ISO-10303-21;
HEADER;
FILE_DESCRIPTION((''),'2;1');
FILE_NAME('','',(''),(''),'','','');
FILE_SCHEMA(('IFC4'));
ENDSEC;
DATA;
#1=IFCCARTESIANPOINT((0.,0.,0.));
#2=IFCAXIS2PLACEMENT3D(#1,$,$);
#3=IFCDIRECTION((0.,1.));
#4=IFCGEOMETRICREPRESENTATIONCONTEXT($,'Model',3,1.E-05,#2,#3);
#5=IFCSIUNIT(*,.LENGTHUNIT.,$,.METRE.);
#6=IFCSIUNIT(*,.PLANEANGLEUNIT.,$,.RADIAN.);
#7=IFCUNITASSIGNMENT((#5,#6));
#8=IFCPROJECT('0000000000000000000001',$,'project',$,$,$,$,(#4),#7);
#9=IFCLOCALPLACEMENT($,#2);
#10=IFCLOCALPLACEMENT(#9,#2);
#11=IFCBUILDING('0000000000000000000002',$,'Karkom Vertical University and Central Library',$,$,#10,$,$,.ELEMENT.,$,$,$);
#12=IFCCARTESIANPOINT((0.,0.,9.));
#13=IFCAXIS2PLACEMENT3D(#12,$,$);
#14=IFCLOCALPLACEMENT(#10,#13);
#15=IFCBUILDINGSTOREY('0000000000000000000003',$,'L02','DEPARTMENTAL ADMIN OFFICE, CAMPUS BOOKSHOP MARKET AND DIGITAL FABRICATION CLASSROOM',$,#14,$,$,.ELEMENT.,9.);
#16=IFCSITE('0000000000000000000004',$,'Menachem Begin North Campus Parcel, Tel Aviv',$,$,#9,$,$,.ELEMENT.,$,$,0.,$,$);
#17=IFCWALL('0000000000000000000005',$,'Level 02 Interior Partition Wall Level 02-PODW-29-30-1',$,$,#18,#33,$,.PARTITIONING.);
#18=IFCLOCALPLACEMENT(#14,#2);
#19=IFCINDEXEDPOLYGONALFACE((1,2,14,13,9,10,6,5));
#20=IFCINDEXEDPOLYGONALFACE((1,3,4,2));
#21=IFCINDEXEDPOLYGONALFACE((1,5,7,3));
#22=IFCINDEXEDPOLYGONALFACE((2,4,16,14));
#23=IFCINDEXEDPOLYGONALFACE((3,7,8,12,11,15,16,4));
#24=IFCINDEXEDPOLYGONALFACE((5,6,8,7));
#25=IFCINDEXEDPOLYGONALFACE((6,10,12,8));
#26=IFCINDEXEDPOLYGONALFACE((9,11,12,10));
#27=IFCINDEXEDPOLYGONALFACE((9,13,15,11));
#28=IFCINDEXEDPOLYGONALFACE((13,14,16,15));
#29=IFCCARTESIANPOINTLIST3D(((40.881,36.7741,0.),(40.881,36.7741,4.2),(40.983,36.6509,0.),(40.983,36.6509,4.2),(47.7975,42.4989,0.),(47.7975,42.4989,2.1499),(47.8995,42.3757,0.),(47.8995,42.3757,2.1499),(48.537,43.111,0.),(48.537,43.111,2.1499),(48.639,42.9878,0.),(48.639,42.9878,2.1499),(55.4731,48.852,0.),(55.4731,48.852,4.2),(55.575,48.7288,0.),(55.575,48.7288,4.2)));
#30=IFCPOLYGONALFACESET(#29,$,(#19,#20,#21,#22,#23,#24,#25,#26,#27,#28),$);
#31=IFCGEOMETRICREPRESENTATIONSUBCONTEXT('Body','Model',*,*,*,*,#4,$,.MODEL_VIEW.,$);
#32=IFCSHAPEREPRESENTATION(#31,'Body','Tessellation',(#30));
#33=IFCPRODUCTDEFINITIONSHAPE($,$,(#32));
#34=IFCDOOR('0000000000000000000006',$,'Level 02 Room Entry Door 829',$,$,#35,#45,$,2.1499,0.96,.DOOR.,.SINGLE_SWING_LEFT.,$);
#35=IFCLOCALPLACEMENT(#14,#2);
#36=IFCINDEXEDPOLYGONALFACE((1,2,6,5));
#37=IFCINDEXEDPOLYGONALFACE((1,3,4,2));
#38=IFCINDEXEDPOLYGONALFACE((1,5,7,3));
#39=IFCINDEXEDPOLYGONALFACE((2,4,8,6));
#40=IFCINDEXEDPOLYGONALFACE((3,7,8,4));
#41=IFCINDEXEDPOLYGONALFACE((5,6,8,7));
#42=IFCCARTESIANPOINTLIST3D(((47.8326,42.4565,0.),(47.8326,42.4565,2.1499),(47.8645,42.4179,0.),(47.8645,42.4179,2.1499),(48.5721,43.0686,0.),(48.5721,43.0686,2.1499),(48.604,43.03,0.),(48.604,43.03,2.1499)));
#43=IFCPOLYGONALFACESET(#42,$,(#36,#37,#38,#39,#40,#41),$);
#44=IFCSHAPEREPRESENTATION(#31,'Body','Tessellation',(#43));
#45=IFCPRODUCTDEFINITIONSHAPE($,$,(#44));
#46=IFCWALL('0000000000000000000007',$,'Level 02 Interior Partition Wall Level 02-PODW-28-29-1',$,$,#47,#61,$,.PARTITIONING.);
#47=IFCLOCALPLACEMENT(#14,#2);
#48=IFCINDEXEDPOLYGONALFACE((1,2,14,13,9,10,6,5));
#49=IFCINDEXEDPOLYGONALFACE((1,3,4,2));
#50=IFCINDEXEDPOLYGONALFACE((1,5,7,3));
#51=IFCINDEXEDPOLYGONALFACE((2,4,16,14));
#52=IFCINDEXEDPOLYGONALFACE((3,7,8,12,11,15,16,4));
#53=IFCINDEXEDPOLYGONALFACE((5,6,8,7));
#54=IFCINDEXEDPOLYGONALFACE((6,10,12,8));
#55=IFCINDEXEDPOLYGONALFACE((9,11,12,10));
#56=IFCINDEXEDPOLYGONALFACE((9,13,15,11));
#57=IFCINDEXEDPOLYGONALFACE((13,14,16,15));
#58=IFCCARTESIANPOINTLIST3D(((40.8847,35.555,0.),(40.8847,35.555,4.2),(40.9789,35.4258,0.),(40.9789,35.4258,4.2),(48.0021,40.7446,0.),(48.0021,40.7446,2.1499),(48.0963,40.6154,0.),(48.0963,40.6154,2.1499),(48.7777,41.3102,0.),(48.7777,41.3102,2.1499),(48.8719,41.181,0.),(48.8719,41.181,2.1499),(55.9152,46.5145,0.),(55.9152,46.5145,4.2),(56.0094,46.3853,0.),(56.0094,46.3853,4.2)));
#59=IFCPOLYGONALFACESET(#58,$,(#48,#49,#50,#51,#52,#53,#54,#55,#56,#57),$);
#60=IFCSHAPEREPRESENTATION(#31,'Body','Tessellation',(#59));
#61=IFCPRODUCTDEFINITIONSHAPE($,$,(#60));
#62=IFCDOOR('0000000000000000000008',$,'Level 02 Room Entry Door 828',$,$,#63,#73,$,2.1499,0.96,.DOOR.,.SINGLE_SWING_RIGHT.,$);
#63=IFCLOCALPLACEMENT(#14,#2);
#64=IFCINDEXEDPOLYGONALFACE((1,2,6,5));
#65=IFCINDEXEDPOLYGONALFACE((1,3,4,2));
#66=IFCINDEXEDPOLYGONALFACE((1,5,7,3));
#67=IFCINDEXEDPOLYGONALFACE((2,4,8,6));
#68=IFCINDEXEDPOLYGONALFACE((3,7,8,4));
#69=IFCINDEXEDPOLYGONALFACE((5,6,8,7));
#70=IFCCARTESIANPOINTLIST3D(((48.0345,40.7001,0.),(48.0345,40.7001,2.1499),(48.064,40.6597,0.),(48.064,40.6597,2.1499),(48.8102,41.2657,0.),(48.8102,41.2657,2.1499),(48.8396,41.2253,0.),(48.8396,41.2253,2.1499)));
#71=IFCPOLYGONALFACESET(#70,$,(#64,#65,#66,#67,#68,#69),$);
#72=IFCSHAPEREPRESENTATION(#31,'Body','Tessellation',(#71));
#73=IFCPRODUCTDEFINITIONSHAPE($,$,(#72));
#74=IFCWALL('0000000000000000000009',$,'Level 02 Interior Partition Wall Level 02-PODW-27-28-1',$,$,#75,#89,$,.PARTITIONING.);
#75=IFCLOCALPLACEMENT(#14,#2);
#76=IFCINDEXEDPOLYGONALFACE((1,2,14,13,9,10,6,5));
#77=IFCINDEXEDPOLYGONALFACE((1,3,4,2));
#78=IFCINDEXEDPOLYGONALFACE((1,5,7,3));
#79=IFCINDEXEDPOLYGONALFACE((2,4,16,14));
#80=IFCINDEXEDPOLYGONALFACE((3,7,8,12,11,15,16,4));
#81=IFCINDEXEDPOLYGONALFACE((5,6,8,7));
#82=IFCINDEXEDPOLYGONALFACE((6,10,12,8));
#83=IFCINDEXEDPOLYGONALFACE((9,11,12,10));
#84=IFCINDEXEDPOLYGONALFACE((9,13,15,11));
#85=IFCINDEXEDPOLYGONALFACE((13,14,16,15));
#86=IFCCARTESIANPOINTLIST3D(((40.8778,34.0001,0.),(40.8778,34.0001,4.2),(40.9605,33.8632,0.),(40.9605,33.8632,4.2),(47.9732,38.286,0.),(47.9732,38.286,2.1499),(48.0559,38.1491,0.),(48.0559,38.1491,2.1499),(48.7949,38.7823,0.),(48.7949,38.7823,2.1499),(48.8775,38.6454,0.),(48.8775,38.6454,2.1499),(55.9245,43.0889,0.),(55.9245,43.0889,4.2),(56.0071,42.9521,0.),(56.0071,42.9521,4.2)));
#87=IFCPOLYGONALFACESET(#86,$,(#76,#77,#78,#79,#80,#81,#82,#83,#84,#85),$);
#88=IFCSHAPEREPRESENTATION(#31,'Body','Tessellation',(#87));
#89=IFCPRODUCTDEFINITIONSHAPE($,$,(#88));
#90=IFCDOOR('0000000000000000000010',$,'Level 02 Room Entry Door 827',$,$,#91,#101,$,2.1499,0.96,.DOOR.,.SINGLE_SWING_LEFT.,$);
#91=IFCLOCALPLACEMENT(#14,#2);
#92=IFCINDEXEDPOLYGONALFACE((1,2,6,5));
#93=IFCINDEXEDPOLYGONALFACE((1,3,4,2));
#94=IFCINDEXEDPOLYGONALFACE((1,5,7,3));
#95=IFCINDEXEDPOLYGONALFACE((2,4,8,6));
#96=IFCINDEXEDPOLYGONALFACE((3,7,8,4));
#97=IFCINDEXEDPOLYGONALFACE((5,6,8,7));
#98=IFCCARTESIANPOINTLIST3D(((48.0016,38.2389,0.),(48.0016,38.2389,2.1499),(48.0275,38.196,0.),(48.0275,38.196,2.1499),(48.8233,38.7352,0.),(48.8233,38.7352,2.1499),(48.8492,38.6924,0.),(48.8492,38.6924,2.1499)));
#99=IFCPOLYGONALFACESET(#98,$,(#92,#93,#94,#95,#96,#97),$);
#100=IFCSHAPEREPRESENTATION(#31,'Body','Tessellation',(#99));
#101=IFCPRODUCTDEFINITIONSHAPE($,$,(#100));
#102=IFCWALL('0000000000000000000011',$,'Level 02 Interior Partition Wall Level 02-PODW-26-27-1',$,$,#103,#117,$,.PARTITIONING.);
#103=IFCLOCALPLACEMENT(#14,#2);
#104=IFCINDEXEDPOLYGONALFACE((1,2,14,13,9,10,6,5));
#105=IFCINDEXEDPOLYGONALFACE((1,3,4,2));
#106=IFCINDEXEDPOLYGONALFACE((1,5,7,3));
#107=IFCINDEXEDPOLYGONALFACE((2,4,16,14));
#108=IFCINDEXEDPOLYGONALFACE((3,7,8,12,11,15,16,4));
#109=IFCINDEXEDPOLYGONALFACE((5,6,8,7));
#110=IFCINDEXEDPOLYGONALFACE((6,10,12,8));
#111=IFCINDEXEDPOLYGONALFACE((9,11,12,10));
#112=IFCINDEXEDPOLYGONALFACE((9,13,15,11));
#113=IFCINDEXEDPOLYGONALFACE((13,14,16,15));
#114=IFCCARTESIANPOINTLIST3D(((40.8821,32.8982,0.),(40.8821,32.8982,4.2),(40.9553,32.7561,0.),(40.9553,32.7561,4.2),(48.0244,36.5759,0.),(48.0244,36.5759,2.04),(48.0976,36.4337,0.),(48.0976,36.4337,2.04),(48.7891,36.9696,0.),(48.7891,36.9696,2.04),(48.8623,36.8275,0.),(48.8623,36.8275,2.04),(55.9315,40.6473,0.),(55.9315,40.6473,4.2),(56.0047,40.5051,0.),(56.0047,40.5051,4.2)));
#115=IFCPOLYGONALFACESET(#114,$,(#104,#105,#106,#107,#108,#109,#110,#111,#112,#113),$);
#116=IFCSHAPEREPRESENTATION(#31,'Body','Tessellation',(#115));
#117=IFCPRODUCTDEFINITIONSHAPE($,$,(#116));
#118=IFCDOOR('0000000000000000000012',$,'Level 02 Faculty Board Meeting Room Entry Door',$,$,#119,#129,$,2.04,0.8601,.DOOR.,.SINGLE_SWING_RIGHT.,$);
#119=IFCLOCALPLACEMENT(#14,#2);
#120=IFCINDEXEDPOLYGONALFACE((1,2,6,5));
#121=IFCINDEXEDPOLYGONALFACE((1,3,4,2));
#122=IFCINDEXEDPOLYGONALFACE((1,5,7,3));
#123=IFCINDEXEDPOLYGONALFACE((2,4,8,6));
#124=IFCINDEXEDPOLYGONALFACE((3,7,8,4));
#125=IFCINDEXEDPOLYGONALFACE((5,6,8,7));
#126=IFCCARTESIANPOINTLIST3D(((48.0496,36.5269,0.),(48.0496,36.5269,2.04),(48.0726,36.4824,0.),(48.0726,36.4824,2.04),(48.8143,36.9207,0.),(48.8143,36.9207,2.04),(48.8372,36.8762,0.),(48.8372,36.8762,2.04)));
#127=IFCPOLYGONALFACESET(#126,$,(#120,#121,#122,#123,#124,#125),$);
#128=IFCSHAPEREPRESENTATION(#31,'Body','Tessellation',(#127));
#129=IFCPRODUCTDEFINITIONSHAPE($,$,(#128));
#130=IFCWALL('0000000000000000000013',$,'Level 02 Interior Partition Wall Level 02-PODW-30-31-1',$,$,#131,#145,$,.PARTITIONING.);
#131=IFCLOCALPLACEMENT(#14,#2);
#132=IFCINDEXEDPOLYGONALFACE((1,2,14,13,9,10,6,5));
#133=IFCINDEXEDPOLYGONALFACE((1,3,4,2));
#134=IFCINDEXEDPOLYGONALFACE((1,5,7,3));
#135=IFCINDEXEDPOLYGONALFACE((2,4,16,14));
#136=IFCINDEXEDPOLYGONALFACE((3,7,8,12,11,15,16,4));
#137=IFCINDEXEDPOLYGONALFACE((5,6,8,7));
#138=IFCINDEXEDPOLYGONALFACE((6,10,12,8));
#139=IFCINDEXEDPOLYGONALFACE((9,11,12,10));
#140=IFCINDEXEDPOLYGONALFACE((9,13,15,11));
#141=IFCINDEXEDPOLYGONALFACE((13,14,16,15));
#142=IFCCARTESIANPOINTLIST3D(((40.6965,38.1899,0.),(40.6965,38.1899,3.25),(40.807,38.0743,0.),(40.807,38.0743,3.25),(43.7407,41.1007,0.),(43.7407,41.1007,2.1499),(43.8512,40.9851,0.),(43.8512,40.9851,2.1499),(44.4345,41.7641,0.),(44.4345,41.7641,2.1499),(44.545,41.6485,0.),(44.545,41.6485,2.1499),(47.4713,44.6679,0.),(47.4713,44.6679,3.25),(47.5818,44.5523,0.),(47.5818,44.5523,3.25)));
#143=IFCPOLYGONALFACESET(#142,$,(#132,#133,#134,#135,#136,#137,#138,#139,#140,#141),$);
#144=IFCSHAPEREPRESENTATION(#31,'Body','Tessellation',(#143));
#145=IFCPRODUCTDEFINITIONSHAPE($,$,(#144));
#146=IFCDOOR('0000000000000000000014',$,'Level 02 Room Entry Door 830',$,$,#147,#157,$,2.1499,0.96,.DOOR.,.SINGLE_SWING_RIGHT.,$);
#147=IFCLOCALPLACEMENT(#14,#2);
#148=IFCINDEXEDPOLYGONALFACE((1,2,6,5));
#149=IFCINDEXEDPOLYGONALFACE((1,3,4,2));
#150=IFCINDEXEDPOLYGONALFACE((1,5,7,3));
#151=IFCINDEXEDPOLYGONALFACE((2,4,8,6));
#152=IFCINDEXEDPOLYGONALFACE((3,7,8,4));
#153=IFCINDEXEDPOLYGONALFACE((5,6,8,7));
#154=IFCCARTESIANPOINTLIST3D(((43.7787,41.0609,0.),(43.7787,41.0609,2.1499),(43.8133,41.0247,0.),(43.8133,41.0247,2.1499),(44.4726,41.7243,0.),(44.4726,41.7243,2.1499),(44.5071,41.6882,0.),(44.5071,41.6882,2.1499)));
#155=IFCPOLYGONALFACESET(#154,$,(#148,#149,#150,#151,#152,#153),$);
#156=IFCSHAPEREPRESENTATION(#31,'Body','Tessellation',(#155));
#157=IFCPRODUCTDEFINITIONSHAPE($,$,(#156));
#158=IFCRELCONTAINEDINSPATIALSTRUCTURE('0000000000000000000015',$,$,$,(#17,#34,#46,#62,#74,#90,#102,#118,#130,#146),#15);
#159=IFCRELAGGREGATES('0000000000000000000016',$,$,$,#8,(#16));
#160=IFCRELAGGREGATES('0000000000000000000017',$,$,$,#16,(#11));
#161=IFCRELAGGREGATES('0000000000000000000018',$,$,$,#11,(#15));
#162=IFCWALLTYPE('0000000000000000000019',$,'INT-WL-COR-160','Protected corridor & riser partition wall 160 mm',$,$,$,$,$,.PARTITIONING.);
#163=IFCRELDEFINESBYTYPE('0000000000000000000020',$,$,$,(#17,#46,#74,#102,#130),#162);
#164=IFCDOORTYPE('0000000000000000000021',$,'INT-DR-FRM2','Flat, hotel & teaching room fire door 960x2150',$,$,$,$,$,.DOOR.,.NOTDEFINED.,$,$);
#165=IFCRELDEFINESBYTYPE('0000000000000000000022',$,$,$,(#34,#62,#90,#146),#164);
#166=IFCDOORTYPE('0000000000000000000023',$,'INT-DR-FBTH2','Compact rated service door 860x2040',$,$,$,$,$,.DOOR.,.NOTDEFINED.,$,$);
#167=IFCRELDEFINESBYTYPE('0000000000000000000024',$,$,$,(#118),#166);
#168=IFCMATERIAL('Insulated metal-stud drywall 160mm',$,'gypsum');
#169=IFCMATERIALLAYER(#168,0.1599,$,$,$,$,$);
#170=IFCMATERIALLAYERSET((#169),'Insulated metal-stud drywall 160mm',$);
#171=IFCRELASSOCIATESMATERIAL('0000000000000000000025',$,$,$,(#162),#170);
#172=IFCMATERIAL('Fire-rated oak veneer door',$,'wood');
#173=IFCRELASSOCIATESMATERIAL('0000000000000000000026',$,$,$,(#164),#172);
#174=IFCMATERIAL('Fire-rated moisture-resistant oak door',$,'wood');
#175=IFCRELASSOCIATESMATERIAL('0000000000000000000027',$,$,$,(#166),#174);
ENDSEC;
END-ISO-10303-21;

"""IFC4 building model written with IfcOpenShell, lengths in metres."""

from ifc_helpers import new_model, si_unit, direction, frame, frame_2d, origin, origin_with_axes, place, context, subcontext, project, spatial, rectangle, extrude, source, transform, mapped, material, layer, layer_set, type_object, element, fill, save


model = new_model("IFC4")

# Units and contexts
model_context = context("Model", 3, precision=1e-05, world=origin(), true_north=direction((0.0, 1.0)))
body_context = subcontext(model_context, "Body", "Model", "MODEL_VIEW")
ifc_project = project(units=[si_unit("LENGTHUNIT", "METRE"), si_unit("PLANEANGLEUNIT", "RADIAN")], contexts=[model_context])

# Site, building, storey
site_placement = place(None, origin())
site = spatial("IfcSite", under=ifc_project, at=site_placement, Name="Menachem Begin North Campus Parcel, Tel Aviv", CompositionType="ELEMENT", RefElevation=0.0)
building_placement = place(site_placement, origin())
building = spatial("IfcBuilding", under=site, at=building_placement, Name="Karkom Vertical University and Central Library", CompositionType="ELEMENT")
storey_placement = place(building_placement, frame((0.0, 0.0, 9.0)))
storey = spatial("IfcBuildingStorey", under=building, at=storey_placement, Name="L02", Description="DEPARTMENTAL ADMIN OFFICE, CAMPUS BOOKSHOP MARKET AND DIGITAL FABRICATION CLASSROOM", CompositionType="ELEMENT", Elevation=9.0)

# Walls, openings, doors
ifc_material_1 = material(Name="Insulated metal-stud drywall 160mm", Category="gypsum")
ifc_layer = layer(ifc_material_1, 0.1599)
ifc_layer_set = layer_set([ifc_layer], Name="Insulated metal-stud drywall 160mm")
wall_type = type_object("IfcWallType", Name="INT-WL-COR-160", Description="Protected corridor & riser partition wall 160 mm", PredefinedType="PARTITIONING", material=ifc_layer_set)
wall_1_placement = place(storey_placement, frame((40.9319, 36.7124, 0.0), z_axis=(0.0, 0.0, 1.0), x_axis=(0.77035, 0.637621, 0.0)))
wall_1 = element("IfcWall", 1, at=wall_1_placement, inside=storey, type_object=wall_type, Name="Level 02 Interior Partition Wall Level 02-PODW-29-30-1", PredefinedType="PARTITIONING", context=body_context, shape_type="SweptSolid", body=[
    extrude(rectangle(XDim=18.9421, YDim=0.1599, at=frame_2d((9.4712, 0.0))), origin(), (0.0, 0.0, 1.0), 4.2),
])
opening_1_placement = place(wall_1_placement, frame((8.9785, 0.0, 0.0)))
opening_1 = element("IfcOpeningElement", 2, at=opening_1_placement, cuts=wall_1, PredefinedType="OPENING", context=body_context, shape_type="SweptSolid", body=[
    extrude(rectangle(XDim=0.96, YDim=2.1499, at=frame_2d((0.48, 1.075))), frame((0.0, 0.0898, 0.0), z_axis=(0.0, -1.0, 0.0), x_axis=(1.0, 0.0, 0.0)), (0.0, 0.0, 1.0), 0.1799),
])
ifc_material_2 = material(Name="Fire-rated oak veneer door", Category="wood")
door_type_1 = type_object("IfcDoorType", Name="INT-DR-FRM2", Description="Flat, hotel & teaching room fire door 960x2150", OperationType="NOTDEFINED", PredefinedType="DOOR", material=ifc_material_2)
shared_shape_1 = source(origin_with_axes(), body_context, "Body", "SweptSolid", [
    extrude(rectangle(XDim=0.96, YDim=2.1499, at=frame_2d((0.48, 1.075))), frame((0.0, 0.0249, 0.0), z_axis=(0.0, -1.0, 0.0), x_axis=(1.0, 0.0, 0.0)), (0.0, 0.0, 1.0), 0.05),
])
door_1_placement = place(opening_1_placement, origin())
door_1 = element("IfcDoor", 3, at=door_1_placement, inside=storey, type_object=door_type_1, Name="Level 02 Room Entry Door 829", OperationType="SINGLE_SWING_LEFT", OverallHeight=2.1499, OverallWidth=0.96, PredefinedType="DOOR", context=body_context, shape_type="MappedRepresentation", body=[
    mapped(shared_shape_1, transform((0.0, 0.0, 0.0), scale=1.0)),
])
fill(opening_1, door_1)
wall_2_placement = place(storey_placement, frame((40.9319, 35.4905, 0.0), z_axis=(0.0, 0.0, 1.0), x_axis=(0.808015, 0.589162, 0.0)))
wall_2 = element("IfcWall", 4, at=wall_2_placement, inside=storey, type_object=wall_type, Name="Level 02 Interior Partition Wall Level 02-PODW-28-29-1", PredefinedType="PARTITIONING", context=body_context, shape_type="SweptSolid", body=[
    extrude(rectangle(XDim=18.6018, YDim=0.1599, at=frame_2d((9.3008, 0.0))), origin(), (0.0, 0.0, 1.0), 4.2),
])
opening_2_placement = place(wall_2_placement, frame((8.8083, 0.0, 0.0)))
opening_2 = element("IfcOpeningElement", 5, at=opening_2_placement, cuts=wall_2, PredefinedType="OPENING", context=body_context, shape_type="SweptSolid", body=[
    extrude(rectangle(XDim=0.96, YDim=2.1499, at=frame_2d((0.48, 1.075))), frame((0.0, 0.0898, 0.0), z_axis=(0.0, -1.0, 0.0), x_axis=(1.0, 0.0, 0.0)), (0.0, 0.0, 1.0), 0.1799),
])
door_2_placement = place(opening_2_placement, origin())
door_2 = element("IfcDoor", 6, at=door_2_placement, inside=storey, type_object=door_type_1, Name="Level 02 Room Entry Door 828", OperationType="SINGLE_SWING_RIGHT", OverallHeight=2.1499, OverallWidth=0.96, PredefinedType="DOOR", context=body_context, shape_type="MappedRepresentation", body=[
    mapped(shared_shape_1, transform((0.0, 0.0, 0.0), scale=1.0)),
])
fill(opening_2, door_2)

# Shared definitions
ifc_material_3 = material(Name="Fire-rated moisture-resistant oak door", Category="wood")
door_type_2 = type_object("IfcDoorType", Name="INT-DR-FBTH2", Description="Compact rated service door 860x2040", OperationType="NOTDEFINED", PredefinedType="DOOR", material=ifc_material_3)
shared_shape_2 = source(origin_with_axes(), body_context, "Body", "SweptSolid", [
    extrude(rectangle(XDim=0.8601, YDim=2.04, at=frame_2d((0.4302, 1.02))), frame((0.0, 0.0249, 0.0), z_axis=(0.0, -1.0, 0.0), x_axis=(1.0, 0.0, 0.0)), (0.0, 0.0, 1.0), 0.05),
])

# Walls, openings, doors
wall_3_placement = place(storey_placement, frame((40.9192, 33.9316, 0.0), z_axis=(0.0, 0.0, 1.0), x_axis=(0.855961, 0.51704, 0.0)))
wall_3 = element("IfcWall", 7, at=wall_3_placement, inside=storey, type_object=wall_type, Name="Level 02 Interior Partition Wall Level 02-PODW-27-28-1", PredefinedType="PARTITIONING", context=body_context, shape_type="SweptSolid", body=[
    extrude(rectangle(XDim=17.5786, YDim=0.1599, at=frame_2d((8.7893, 0.0))), origin(), (0.0, 0.0, 1.0), 4.2),
])
opening_3_placement = place(wall_3_placement, frame((8.2893, 0.0, 0.0)))
opening_3 = element("IfcOpeningElement", 8, at=opening_3_placement, cuts=wall_3, PredefinedType="OPENING", context=body_context, shape_type="SweptSolid", body=[
    extrude(rectangle(XDim=0.96, YDim=2.1499, at=frame_2d((0.48, 1.075))), frame((0.0, 0.0898, 0.0), z_axis=(0.0, -1.0, 0.0), x_axis=(1.0, 0.0, 0.0)), (0.0, 0.0, 1.0), 0.1799),
])
door_3_placement = place(opening_3_placement, origin())
door_3 = element("IfcDoor", 9, at=door_3_placement, inside=storey, type_object=door_type_1, Name="Level 02 Room Entry Door 827", OperationType="SINGLE_SWING_LEFT", OverallHeight=2.1499, OverallWidth=0.96, PredefinedType="DOOR", context=body_context, shape_type="MappedRepresentation", body=[
    mapped(shared_shape_1, transform((0.0, 0.0, 0.0), scale=1.0)),
])
fill(opening_3, door_3)
wall_4_placement = place(storey_placement, frame((40.9187, 32.8271, 0.0), z_axis=(0.0, 0.0, 1.0), x_axis=(0.889062, 0.457786, 0.0)))
wall_4 = element("IfcWall", 10, at=wall_4_placement, inside=storey, type_object=wall_type, Name="Level 02 Interior Partition Wall Level 02-PODW-26-27-1", PredefinedType="PARTITIONING", context=body_context, shape_type="SweptSolid", body=[
    extrude(rectangle(XDim=16.9272, YDim=0.1599, at=frame_2d((8.4636, 0.0))), origin(), (0.0, 0.0, 1.0), 4.2),
])
opening_4_placement = place(wall_4_placement, frame((8.0334, 0.0, 0.0)))
opening_4 = element("IfcOpeningElement", 11, at=opening_4_placement, cuts=wall_4, PredefinedType="OPENING", context=body_context, shape_type="SweptSolid", body=[
    extrude(rectangle(XDim=0.8601, YDim=2.04, at=frame_2d((0.4302, 1.02))), frame((0.0, 0.0898, 0.0), z_axis=(0.0, -1.0, 0.0), x_axis=(1.0, 0.0, 0.0)), (0.0, 0.0, 1.0), 0.1799),
])
door_4_placement = place(opening_4_placement, origin())
door_4 = element("IfcDoor", 12, at=door_4_placement, inside=storey, type_object=door_type_2, Name="Level 02 Faculty Board Meeting Room Entry Door", OperationType="SINGLE_SWING_RIGHT", OverallHeight=2.04, OverallWidth=0.8601, PredefinedType="DOOR", context=body_context, shape_type="MappedRepresentation", body=[
    mapped(shared_shape_2, transform((0.0, 0.0, 0.0), scale=1.0)),
])
fill(opening_4, door_4)
wall_5_placement = place(storey_placement, frame((40.7517, 38.1321, 0.0), z_axis=(0.0, 0.0, 1.0), x_axis=(0.722765, 0.691094, 0.0)))
wall_5 = element("IfcWall", 13, at=wall_5_placement, inside=storey, type_object=wall_type, Name="Level 02 Interior Partition Wall Level 02-PODW-30-31-1", PredefinedType="PARTITIONING", context=body_context, shape_type="SweptSolid", body=[
    extrude(rectangle(XDim=9.3735, YDim=0.1599, at=frame_2d((4.6868, 0.0))), origin(), (0.0, 0.0, 1.0), 3.25),
])
opening_5_placement = place(wall_5_placement, frame((4.2119, 0.0, 0.0)))
opening_5 = element("IfcOpeningElement", 14, at=opening_5_placement, cuts=wall_5, PredefinedType="OPENING", context=body_context, shape_type="SweptSolid", body=[
    extrude(rectangle(XDim=0.96, YDim=2.1499, at=frame_2d((0.48, 1.075))), frame((0.0, 0.0898, 0.0), z_axis=(0.0, -1.0, 0.0), x_axis=(1.0, 0.0, 0.0)), (0.0, 0.0, 1.0), 0.1799),
])
door_5_placement = place(opening_5_placement, origin())
door_5 = element("IfcDoor", 15, at=door_5_placement, inside=storey, type_object=door_type_1, Name="Level 02 Room Entry Door 830", OperationType="SINGLE_SWING_RIGHT", OverallHeight=2.1499, OverallWidth=0.96, PredefinedType="DOOR", context=body_context, shape_type="MappedRepresentation", body=[
    mapped(shared_shape_1, transform((0.0, 0.0, 0.0), scale=1.0)),
])
fill(opening_5, door_5)

save(model, "model.ifc")
